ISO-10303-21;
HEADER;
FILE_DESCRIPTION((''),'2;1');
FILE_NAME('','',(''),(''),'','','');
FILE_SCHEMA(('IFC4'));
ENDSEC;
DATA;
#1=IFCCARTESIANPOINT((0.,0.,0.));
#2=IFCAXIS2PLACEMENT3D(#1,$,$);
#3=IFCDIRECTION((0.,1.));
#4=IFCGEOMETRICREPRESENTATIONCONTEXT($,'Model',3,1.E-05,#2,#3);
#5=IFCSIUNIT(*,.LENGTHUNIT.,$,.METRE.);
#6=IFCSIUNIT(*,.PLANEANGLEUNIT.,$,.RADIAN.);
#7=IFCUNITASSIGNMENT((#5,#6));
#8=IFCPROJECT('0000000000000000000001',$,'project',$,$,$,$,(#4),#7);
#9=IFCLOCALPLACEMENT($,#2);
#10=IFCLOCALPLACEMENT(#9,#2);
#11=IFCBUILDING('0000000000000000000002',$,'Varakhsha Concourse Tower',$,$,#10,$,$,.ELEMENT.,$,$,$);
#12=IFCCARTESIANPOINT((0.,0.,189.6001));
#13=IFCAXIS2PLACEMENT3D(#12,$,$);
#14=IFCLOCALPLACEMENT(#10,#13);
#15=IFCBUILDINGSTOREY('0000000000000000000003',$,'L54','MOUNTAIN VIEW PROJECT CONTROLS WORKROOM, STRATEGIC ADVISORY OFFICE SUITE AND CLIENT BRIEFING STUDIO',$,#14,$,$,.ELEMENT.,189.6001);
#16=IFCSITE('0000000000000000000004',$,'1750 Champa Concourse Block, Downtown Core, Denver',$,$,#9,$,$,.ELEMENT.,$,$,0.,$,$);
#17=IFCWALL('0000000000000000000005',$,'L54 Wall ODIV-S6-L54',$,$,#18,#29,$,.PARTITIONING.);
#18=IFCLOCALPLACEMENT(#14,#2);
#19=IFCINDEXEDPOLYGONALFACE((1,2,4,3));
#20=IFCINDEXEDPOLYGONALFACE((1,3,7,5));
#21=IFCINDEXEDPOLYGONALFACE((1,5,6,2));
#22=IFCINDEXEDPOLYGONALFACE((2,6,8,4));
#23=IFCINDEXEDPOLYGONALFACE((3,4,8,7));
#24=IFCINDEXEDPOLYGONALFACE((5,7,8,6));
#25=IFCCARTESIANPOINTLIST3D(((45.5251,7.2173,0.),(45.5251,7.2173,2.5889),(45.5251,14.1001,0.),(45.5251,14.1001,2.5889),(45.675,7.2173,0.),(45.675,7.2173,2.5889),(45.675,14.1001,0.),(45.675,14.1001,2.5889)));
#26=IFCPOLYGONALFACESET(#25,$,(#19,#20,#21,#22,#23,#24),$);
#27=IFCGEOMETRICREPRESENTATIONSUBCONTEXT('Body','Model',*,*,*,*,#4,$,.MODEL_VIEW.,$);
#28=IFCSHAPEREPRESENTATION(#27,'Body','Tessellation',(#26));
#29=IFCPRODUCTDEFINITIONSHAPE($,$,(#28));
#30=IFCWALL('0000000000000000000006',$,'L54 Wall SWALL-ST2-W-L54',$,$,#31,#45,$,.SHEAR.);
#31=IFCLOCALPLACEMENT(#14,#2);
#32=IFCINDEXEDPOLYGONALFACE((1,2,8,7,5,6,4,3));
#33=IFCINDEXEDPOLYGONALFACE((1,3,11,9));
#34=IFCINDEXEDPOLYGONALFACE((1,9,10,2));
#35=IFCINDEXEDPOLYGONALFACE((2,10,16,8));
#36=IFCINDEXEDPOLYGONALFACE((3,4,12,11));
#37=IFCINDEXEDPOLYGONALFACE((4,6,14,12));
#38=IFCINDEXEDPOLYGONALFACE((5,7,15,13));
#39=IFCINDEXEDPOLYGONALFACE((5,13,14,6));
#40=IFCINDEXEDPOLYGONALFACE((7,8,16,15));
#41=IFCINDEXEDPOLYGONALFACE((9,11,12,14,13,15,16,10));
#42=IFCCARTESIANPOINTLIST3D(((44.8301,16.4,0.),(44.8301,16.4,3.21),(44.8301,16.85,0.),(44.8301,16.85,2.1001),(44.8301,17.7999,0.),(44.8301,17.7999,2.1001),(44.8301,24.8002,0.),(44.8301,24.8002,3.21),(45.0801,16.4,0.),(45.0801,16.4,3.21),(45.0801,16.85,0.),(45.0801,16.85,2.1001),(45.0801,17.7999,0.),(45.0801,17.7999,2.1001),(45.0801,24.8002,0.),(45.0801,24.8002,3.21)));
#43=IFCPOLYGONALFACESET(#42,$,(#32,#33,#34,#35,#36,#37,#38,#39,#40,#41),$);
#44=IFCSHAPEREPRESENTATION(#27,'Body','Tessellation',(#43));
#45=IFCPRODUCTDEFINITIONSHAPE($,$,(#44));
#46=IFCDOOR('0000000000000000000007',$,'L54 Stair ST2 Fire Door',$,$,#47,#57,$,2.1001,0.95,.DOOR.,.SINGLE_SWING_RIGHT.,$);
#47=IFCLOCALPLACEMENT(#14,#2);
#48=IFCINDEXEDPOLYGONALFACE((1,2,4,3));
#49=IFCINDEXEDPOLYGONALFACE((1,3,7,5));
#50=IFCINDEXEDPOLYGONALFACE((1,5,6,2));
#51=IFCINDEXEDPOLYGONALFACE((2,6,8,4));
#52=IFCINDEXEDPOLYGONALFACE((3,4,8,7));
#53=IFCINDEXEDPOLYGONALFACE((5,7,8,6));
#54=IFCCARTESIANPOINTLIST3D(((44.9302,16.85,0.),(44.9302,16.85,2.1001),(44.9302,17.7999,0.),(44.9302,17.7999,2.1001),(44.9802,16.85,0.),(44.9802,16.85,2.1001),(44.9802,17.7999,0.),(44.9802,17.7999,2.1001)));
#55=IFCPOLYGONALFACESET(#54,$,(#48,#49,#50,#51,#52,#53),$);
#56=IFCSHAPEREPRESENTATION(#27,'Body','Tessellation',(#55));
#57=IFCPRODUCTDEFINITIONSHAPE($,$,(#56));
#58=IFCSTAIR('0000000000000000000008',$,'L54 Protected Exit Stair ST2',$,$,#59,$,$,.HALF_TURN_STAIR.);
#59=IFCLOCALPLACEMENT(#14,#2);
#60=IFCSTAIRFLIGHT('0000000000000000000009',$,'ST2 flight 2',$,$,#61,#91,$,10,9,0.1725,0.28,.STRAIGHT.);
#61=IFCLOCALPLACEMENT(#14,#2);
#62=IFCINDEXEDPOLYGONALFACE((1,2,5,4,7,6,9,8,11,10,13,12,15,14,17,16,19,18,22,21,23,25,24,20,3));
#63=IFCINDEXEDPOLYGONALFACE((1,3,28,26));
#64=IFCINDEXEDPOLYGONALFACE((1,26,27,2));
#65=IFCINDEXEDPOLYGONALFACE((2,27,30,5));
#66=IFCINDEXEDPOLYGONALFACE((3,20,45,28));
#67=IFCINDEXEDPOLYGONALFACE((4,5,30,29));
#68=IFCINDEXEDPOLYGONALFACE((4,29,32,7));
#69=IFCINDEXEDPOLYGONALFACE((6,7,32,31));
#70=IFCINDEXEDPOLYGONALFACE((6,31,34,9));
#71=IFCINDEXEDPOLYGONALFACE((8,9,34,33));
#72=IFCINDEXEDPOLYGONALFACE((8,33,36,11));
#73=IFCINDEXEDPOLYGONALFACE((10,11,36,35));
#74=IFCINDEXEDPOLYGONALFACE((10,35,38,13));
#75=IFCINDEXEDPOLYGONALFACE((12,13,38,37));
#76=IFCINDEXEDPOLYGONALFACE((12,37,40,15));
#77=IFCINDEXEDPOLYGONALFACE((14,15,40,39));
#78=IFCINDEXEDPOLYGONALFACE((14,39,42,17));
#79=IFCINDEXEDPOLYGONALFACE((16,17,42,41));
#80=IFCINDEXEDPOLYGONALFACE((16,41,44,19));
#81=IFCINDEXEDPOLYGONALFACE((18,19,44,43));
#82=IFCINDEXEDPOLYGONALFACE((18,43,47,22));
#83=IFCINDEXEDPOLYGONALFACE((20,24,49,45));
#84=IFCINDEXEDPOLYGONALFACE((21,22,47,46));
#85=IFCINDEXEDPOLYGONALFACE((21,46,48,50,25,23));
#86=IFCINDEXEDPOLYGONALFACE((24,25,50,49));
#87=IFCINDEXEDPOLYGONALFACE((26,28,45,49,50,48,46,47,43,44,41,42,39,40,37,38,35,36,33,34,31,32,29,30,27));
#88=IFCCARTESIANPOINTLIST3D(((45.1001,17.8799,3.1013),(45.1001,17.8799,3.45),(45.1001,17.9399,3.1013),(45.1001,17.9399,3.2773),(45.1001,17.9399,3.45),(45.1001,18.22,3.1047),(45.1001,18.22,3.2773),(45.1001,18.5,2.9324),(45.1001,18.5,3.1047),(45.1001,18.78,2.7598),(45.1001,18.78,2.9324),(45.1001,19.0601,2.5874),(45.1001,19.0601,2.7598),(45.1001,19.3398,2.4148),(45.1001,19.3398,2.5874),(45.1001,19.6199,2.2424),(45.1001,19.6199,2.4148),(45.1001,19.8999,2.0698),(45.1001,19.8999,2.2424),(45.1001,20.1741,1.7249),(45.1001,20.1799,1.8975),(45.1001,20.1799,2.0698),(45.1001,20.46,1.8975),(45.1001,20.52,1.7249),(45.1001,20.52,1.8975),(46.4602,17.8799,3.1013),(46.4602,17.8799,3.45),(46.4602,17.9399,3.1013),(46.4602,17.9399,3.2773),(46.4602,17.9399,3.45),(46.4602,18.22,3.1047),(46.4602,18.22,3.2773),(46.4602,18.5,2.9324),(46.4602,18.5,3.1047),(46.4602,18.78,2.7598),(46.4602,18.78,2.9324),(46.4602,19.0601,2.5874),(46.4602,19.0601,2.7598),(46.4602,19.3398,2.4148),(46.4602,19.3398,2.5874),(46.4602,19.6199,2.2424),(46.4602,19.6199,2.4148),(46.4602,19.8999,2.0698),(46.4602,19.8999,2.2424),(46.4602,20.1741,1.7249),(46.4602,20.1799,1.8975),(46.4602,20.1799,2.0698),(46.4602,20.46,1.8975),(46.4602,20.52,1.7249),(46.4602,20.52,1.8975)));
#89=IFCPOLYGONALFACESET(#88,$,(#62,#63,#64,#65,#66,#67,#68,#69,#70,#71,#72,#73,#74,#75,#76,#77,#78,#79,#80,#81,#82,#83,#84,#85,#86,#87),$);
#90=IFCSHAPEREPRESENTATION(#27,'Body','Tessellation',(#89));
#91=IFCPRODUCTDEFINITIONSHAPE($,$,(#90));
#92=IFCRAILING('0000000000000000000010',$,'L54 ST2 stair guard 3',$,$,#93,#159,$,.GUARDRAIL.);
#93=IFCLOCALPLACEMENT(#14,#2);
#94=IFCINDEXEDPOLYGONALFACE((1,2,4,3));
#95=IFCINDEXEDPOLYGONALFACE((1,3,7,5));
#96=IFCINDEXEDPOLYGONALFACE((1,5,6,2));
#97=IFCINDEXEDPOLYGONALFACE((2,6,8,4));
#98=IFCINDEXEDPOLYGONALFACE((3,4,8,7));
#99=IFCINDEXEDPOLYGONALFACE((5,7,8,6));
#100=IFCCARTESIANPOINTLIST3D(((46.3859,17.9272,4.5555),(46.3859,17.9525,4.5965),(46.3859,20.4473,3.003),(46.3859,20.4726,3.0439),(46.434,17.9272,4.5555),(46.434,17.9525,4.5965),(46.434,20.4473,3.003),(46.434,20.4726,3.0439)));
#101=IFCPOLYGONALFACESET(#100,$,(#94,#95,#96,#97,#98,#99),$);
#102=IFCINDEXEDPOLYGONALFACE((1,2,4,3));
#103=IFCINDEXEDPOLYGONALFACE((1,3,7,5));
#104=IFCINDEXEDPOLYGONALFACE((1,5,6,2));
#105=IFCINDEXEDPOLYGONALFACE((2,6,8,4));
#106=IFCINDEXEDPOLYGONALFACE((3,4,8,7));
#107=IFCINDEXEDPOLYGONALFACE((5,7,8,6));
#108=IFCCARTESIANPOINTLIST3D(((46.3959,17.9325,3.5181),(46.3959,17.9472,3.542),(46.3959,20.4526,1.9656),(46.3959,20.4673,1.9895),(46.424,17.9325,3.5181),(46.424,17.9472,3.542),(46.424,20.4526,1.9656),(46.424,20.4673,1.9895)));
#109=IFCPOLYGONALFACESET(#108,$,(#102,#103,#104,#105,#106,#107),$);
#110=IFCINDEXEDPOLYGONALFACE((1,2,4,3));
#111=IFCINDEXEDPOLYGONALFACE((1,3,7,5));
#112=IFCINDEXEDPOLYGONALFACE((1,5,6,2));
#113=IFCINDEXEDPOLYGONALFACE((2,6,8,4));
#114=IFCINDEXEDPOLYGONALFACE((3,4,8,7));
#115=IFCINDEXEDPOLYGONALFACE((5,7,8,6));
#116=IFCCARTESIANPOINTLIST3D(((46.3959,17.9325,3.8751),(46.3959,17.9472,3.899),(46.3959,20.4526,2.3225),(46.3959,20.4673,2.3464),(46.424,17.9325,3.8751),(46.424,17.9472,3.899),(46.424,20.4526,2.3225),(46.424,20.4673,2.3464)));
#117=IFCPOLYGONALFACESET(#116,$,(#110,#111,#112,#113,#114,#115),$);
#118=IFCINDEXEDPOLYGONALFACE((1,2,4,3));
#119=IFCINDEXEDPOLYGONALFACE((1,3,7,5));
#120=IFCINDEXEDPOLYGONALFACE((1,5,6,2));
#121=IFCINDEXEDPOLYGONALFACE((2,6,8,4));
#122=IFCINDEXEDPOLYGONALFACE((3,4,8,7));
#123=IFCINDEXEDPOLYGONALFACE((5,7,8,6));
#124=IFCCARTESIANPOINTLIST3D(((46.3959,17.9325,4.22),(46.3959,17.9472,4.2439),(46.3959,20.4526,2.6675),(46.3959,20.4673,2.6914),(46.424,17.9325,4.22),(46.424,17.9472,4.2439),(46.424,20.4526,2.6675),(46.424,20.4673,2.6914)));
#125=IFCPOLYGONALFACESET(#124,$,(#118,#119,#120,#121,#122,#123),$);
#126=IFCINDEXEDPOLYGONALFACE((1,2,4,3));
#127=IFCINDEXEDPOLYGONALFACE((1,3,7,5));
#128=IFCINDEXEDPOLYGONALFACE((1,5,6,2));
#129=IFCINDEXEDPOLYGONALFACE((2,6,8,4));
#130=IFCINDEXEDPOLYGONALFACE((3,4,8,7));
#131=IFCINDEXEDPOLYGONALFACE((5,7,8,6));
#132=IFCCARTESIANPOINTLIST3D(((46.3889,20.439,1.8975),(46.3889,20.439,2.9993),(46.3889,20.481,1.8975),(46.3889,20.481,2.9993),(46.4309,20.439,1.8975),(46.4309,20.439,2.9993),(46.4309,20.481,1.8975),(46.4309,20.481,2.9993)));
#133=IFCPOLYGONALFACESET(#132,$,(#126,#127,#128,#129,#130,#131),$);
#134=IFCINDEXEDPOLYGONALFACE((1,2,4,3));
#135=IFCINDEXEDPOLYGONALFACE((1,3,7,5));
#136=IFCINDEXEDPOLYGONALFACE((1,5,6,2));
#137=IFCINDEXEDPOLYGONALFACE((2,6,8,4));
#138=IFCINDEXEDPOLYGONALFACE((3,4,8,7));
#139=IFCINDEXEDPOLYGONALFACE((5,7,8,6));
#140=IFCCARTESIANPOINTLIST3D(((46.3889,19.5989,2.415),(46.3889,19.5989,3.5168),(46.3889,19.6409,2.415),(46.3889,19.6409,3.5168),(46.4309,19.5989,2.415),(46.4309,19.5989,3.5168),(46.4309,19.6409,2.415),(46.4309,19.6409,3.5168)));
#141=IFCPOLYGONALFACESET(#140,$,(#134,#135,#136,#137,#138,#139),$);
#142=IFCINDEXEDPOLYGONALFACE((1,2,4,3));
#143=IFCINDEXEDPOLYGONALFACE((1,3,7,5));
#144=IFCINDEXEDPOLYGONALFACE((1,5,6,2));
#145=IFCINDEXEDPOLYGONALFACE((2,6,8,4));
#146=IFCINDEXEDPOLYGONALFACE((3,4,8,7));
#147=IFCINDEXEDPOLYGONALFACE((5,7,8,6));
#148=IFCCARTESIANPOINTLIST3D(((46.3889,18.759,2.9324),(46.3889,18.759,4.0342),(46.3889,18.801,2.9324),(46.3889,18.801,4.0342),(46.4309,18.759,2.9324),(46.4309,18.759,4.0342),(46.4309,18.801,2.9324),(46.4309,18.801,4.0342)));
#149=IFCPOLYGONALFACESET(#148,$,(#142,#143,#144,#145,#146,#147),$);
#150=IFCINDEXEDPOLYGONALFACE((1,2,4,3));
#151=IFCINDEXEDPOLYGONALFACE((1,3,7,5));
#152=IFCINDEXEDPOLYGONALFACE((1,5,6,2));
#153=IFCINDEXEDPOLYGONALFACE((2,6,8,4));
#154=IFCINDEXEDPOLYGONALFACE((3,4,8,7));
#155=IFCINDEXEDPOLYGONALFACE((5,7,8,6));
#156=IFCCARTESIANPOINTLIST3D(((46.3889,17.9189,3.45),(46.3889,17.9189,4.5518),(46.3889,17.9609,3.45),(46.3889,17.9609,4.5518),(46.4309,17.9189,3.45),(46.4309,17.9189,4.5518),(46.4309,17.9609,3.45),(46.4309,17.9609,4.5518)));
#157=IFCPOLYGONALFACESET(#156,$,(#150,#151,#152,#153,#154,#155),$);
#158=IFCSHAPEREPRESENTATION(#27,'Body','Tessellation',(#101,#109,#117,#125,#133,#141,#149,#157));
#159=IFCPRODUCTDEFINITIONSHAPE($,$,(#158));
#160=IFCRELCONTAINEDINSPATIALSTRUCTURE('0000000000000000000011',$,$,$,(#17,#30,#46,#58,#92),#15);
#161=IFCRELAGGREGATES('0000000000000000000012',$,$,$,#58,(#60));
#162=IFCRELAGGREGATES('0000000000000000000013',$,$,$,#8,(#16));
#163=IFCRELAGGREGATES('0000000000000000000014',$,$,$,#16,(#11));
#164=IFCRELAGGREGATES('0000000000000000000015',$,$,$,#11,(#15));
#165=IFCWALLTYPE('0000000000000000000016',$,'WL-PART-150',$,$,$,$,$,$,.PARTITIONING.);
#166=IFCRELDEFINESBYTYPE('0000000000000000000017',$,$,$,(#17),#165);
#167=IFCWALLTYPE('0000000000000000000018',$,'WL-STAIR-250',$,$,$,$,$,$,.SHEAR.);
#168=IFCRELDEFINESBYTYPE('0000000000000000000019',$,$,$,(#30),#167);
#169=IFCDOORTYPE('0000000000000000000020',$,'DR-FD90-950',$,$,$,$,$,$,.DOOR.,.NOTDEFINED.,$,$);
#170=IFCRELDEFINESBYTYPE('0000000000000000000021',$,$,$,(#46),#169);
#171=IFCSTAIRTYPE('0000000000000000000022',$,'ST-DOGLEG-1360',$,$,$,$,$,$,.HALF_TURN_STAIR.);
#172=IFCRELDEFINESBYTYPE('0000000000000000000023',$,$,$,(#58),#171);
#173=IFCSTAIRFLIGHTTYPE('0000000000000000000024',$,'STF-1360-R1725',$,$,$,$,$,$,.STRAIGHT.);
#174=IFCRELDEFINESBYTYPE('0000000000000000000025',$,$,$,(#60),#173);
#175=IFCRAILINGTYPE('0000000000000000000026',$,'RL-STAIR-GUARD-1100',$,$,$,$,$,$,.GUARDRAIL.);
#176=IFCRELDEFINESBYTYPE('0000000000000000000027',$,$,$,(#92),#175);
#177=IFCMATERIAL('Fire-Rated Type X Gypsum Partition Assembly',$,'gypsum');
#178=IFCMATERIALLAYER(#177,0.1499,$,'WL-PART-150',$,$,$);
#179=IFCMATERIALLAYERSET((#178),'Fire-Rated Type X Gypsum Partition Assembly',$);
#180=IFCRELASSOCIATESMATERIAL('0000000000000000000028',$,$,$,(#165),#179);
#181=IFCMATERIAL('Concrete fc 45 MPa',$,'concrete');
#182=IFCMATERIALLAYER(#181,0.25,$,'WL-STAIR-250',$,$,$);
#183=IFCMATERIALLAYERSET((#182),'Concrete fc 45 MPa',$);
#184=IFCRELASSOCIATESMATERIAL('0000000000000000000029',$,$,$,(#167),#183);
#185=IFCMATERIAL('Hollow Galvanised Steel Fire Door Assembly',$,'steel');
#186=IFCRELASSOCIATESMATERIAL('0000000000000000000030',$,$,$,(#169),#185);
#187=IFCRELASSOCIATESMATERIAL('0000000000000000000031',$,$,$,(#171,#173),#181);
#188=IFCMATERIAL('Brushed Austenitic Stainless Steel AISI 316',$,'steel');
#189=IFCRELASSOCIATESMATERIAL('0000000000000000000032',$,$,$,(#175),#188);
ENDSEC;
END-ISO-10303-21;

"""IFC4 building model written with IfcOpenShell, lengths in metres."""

from ifc_helpers import new_model, si_unit, direction, frame, frame_2d, origin, origin_2d, place, context, subcontext, project, spatial, polyline, rectangle, outline, extrude, material, layer, layer_set, type_object, element, fill, aggregate, save


model = new_model("IFC4")

# Units and contexts
model_context = context("Model", 3, precision=1e-05, world=origin(), true_north=direction((0.0, 1.0)))
body_context = subcontext(model_context, "Body", "Model", "MODEL_VIEW")
ifc_project = project(units=[si_unit("LENGTHUNIT", "METRE"), si_unit("PLANEANGLEUNIT", "RADIAN")], contexts=[model_context])

# Site, building, storey
site_placement = place(None, origin())
site = spatial("IfcSite", under=ifc_project, at=site_placement, Name="1750 Champa Concourse Block, Downtown Core, Denver", CompositionType="ELEMENT", RefElevation=0.0)
building_placement = place(site_placement, origin())
building = spatial("IfcBuilding", under=site, at=building_placement, Name="Varakhsha Concourse Tower", CompositionType="ELEMENT")
storey_placement = place(building_placement, frame((0.0, 0.0, 189.6001)))
storey = spatial("IfcBuildingStorey", under=building, at=storey_placement, Name="L54", Description="MOUNTAIN VIEW PROJECT CONTROLS WORKROOM, STRATEGIC ADVISORY OFFICE SUITE AND CLIENT BRIEFING STUDIO", CompositionType="ELEMENT", Elevation=189.6001)

# Wall
ifc_material_1 = material(Name="Fire-Rated Type X Gypsum Partition Assembly", Category="gypsum")
ifc_layer_1 = layer(ifc_material_1, 0.1499, Name="WL-PART-150")
ifc_layer_set_1 = layer_set([ifc_layer_1], Name="Fire-Rated Type X Gypsum Partition Assembly")
wall_type_1 = type_object("IfcWallType", Name="WL-PART-150", PredefinedType="PARTITIONING", material=ifc_layer_set_1)
wall_1_placement = place(storey_placement, frame((45.6001, 7.2173, 0.0), z_axis=(0.0, 0.0, 1.0), x_axis=(0.0, 1.0, 0.0)))
element("IfcWall", 1, at=wall_1_placement, inside=storey, type_object=wall_type_1, Name="L54 Wall ODIV-S6-L54", PredefinedType="PARTITIONING", context=body_context, shape_type="SweptSolid", body=[
    extrude(rectangle(XDim=6.8828, YDim=0.1499, at=frame_2d((3.4414, 0.0))), origin(), (0.0, 0.0, 1.0), 2.5889),
])

# Wall, opening, door
ifc_material_2 = material(Name="Concrete fc 45 MPa", Category="concrete")
ifc_layer_2 = layer(ifc_material_2, 0.25, Name="WL-STAIR-250")
ifc_layer_set_2 = layer_set([ifc_layer_2], Name="Concrete fc 45 MPa")
wall_type_2 = type_object("IfcWallType", Name="WL-STAIR-250", PredefinedType="SHEAR", material=ifc_layer_set_2)
wall_2_placement = place(storey_placement, frame((44.9551, 16.3999, 0.0), z_axis=(0.0, 0.0, 1.0), x_axis=(0.0, 1.0, 0.0)))
wall_2 = element("IfcWall", 2, at=wall_2_placement, inside=storey, type_object=wall_type_2, Name="L54 Wall SWALL-ST2-W-L54", PredefinedType="SHEAR", context=body_context, shape_type="SweptSolid", body=[
    extrude(rectangle(XDim=8.4001, YDim=0.25, at=frame_2d((4.2002, 0.0))), origin(), (0.0, 0.0, 1.0), 3.21),
])
opening_placement = place(wall_2_placement, frame((0.45, 0.0, 0.0)))
opening = element("IfcOpeningElement", 3, at=opening_placement, cuts=wall_2, PredefinedType="OPENING", context=body_context, shape_type="SweptSolid", body=[
    extrude(rectangle(XDim=0.95, YDim=2.1001, at=frame_2d((0.4751, 1.05))), frame((0.0, 0.135, 0.0), z_axis=(0.0, -1.0, 0.0), x_axis=(1.0, 0.0, 0.0)), (0.0, 0.0, 1.0), 0.27),
])
ifc_material_3 = material(Name="Hollow Galvanised Steel Fire Door Assembly", Category="steel")
door_type = type_object("IfcDoorType", Name="DR-FD90-950", OperationType="NOTDEFINED", PredefinedType="DOOR", material=ifc_material_3)
door_placement = place(opening_placement, origin())
door = element("IfcDoor", 4, at=door_placement, inside=storey, type_object=door_type, Name="L54 Stair ST2 Fire Door", OperationType="SINGLE_SWING_RIGHT", OverallHeight=2.1001, OverallWidth=0.95, PredefinedType="DOOR", context=body_context, shape_type="SweptSolid", body=[
    extrude(rectangle(XDim=0.95, YDim=2.1001, at=frame_2d((0.4751, 1.05))), frame((0.0, 0.0249, 0.0), z_axis=(0.0, -1.0, 0.0), x_axis=(1.0, 0.0, 0.0)), (0.0, 0.0, 1.0), 0.05),
])
fill(opening, door)

# Stair, stair flight
stair_type = type_object("IfcStairType", Name="ST-DOGLEG-1360", PredefinedType="HALF_TURN_STAIR", material=ifc_material_2)
stair_placement = place(storey_placement, origin())
stair = element("IfcStair", 5, at=stair_placement, inside=storey, type_object=stair_type, Name="L54 Protected Exit Stair ST2", PredefinedType="HALF_TURN_STAIR")
stair_flight_type = type_object("IfcStairFlightType", Name="STF-1360-R1725", PredefinedType="STRAIGHT", material=ifc_material_2)
stair_flight_placement = place(storey_placement, frame((45.78, 20.46, 1.7249), z_axis=(0.0, 0.0, 1.0), x_axis=(0.0, -1.0, 0.0)))
stair_flight = element("IfcStairFlight", 6, at=stair_flight_placement, type_object=stair_flight_type, Name="ST2 flight 2", NumberOfRisers=10, NumberOfTreads=9, PredefinedType="STRAIGHT", RiserHeight=0.1725, TreadLength=0.28, context=body_context, shape_type="SweptSolid", body=[
    extrude(outline(polyline([(-0.0601, 0.0), (-0.0601, 0.1726), (0.0, 0.1726), (0.28, 0.1726), (0.28, 0.345), (0.5601, 0.345), (0.5601, 0.5176), (0.8401, 0.5176), (0.8401, 0.6899), (1.1201, 0.6899), (1.1201, 0.8625), (1.3999, 0.8625), (1.3999, 1.0349), (1.6799, 1.0349), (1.6799, 1.2075), (1.96, 1.2075), (1.96, 1.3799), (2.24, 1.3799), (2.24, 1.5525), (2.52, 1.5525), (2.52, 1.7251), (2.5801, 1.7251), (2.5801, 1.3765), (2.52, 1.3765), (0.2859, 0.0), (-0.0601, 0.0)])), frame((0.0, 0.6802, 0.0), z_axis=(0.0, -1.0, 0.0), x_axis=(1.0, 0.0, 0.0)), (0.0, 0.0, 1.0), 1.3601),
])
aggregate(stair, [stair_flight])

# Railing
ifc_material_4 = material(Name="Brushed Austenitic Stainless Steel AISI 316", Category="steel")
railing_type_1 = type_object("IfcRailingType", Name="RL-STAIR-GUARD-1100", PredefinedType="GUARDRAIL", material=ifc_material_4)
railing_1_placement = place(storey_placement, frame((46.4099, 20.46, 1.8975)))
element("IfcRailing", 7, at=railing_1_placement, inside=storey, type_object=railing_type_1, Name="L54 ST2 stair guard 3", PredefinedType="GUARDRAIL", context=body_context, shape_type="SweptSolid", body=[
    extrude(rectangle(XDim=0.0481, YDim=0.0481, at=origin_2d()), frame((0.0, 0.0, 1.126), z_axis=(0.0, -0.8514, 0.524516), x_axis=(1.0, 0.0, 0.0)), (0.0, 0.0, 1.0), 2.96),
    extrude(rectangle(XDim=0.0281, YDim=0.0281, at=origin_2d()), frame((0.0, 0.0, 0.0801), z_axis=(0.0, -0.8514, 0.524516), x_axis=(1.0, 0.0, 0.0)), (0.0, 0.0, 1.0), 2.96),
    extrude(rectangle(XDim=0.0281, YDim=0.0281, at=origin_2d()), frame((0.0, 0.0, 0.437), z_axis=(0.0, -0.8514, 0.524516), x_axis=(1.0, 0.0, 0.0)), (0.0, 0.0, 1.0), 2.96),
    extrude(rectangle(XDim=0.0281, YDim=0.0281, at=origin_2d()), frame((0.0, 0.0, 0.782), z_axis=(0.0, -0.8514, 0.524516), x_axis=(1.0, 0.0, 0.0)), (0.0, 0.0, 1.0), 2.96),
    extrude(rectangle(XDim=0.042, YDim=0.042, at=origin_2d()), origin(), (0.0, 0.0, 1.0), 1.1018),
    extrude(rectangle(XDim=0.042, YDim=0.042, at=origin_2d()), frame((0.0, -0.8401, 0.5176)), (0.0, 0.0, 1.0), 1.1018),
    extrude(rectangle(XDim=0.042, YDim=0.042, at=origin_2d()), frame((0.0, -1.6799, 1.0349)), (0.0, 0.0, 1.0), 1.1018),
    extrude(rectangle(XDim=0.042, YDim=0.042, at=origin_2d()), frame((0.0, -2.52, 1.5525)), (0.0, 0.0, 1.0), 1.1018),
])

save(model, "model.ifc")
